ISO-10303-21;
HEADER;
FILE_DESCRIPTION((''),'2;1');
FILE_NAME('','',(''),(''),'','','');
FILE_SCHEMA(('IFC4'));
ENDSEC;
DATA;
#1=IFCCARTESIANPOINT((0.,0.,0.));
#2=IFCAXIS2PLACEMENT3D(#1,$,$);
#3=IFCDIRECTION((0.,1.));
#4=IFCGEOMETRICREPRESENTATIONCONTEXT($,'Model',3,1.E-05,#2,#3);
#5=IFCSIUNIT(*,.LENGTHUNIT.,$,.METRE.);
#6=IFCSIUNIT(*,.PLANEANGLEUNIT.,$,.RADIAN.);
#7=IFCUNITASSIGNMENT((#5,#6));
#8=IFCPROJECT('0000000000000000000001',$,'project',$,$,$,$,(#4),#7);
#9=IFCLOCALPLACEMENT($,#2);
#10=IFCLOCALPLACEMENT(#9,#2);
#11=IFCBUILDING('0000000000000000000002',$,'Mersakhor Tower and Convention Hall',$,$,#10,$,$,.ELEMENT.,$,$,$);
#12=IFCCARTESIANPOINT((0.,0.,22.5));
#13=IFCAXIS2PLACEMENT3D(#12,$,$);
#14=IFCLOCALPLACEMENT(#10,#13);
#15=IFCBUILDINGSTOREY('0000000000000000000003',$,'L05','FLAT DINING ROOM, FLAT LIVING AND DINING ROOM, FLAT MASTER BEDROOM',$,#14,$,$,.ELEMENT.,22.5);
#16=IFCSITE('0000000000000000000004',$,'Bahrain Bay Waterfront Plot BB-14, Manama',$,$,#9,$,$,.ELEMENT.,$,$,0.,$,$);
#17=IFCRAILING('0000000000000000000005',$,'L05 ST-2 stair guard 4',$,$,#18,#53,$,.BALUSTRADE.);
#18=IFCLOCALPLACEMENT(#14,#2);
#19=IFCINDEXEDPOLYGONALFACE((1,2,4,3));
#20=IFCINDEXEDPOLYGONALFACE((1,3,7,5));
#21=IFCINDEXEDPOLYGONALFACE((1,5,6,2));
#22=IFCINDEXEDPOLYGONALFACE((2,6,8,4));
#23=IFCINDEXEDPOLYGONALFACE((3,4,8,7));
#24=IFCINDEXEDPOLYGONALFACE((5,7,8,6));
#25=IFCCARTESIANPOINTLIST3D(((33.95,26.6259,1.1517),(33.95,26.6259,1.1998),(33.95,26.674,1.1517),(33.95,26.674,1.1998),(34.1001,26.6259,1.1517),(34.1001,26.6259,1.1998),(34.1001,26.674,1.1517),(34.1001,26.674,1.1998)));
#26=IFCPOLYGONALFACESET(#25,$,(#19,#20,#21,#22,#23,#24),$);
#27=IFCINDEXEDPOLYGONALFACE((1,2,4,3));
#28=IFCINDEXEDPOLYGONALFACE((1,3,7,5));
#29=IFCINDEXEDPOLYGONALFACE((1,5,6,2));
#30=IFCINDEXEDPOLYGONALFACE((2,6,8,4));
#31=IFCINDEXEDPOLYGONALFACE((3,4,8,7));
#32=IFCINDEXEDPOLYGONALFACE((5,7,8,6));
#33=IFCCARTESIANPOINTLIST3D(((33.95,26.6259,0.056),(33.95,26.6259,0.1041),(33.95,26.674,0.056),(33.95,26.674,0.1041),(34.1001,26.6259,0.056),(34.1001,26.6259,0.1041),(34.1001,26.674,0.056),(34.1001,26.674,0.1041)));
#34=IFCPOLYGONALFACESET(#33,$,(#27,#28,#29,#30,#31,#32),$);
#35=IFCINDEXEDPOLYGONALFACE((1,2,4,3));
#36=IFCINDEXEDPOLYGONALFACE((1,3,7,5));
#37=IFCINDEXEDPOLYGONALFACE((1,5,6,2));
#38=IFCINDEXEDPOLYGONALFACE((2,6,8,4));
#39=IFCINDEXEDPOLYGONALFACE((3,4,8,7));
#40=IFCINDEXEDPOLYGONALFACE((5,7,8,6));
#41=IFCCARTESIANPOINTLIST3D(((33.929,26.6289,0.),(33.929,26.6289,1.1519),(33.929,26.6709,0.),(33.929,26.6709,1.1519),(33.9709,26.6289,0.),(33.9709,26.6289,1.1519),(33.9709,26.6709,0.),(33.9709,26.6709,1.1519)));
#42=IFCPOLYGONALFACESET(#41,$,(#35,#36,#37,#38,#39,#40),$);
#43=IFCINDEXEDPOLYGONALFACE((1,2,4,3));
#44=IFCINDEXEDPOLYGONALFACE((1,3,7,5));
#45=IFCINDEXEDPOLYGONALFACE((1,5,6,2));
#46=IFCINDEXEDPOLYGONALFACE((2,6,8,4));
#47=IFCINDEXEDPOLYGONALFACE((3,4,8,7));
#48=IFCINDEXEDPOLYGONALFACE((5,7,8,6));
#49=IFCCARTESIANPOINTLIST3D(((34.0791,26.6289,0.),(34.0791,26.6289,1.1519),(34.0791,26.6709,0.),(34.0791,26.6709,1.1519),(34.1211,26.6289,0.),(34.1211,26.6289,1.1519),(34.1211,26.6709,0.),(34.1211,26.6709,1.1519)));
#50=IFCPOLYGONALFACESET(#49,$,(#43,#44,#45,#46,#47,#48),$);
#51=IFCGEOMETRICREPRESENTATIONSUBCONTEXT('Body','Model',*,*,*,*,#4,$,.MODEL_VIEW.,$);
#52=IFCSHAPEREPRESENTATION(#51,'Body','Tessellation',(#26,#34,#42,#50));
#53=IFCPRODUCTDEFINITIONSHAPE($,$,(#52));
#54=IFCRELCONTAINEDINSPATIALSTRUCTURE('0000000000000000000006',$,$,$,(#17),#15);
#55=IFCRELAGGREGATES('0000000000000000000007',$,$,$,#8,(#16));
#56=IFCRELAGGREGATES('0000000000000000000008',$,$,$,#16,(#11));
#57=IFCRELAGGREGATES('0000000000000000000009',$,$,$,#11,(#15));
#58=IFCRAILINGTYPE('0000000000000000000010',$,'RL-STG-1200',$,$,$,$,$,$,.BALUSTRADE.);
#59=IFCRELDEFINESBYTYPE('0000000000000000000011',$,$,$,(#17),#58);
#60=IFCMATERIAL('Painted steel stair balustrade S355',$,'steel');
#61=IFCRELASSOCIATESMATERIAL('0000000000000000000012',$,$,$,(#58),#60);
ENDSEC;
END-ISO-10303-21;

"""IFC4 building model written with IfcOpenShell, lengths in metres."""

from ifc_helpers import new_model, si_unit, direction, frame, origin, origin_2d, place, context, subcontext, project, spatial, rectangle, extrude, material, type_object, element, save


model = new_model("IFC4")

# Units and contexts
model_context = context("Model", 3, precision=1e-05, world=origin(), true_north=direction((0.0, 1.0)))
body_context = subcontext(model_context, "Body", "Model", "MODEL_VIEW")
ifc_project = project(units=[si_unit("LENGTHUNIT", "METRE"), si_unit("PLANEANGLEUNIT", "RADIAN")], contexts=[model_context])

# Site, building, storey
site_placement = place(None, origin())
site = spatial("IfcSite", under=ifc_project, at=site_placement, Name="Bahrain Bay Waterfront Plot BB-14, Manama", CompositionType="ELEMENT", RefElevation=0.0)
building_placement = place(site_placement, origin())
building = spatial("IfcBuilding", under=site, at=building_placement, Name="Mersakhor Tower and Convention Hall", CompositionType="ELEMENT")
storey_placement = place(building_placement, frame((0.0, 0.0, 22.5)))
storey = spatial("IfcBuildingStorey", under=building, at=storey_placement, Name="L05", Description="FLAT DINING ROOM, FLAT LIVING AND DINING ROOM, FLAT MASTER BEDROOM", CompositionType="ELEMENT", Elevation=22.5)

# Railing
ifc_material_1 = material(Name="Painted steel stair balustrade S355", Category="steel")
railing_type_1 = type_object("IfcRailingType", Name="RL-STG-1200", PredefinedType="BALUSTRADE", material=ifc_material_1)
railing_1_placement = place(storey_placement, frame((33.95, 26.6499, 0.0)))
element("IfcRailing", 1, at=railing_1_placement, inside=storey, type_object=railing_type_1, Name="L05 ST-2 stair guard 4", PredefinedType="BALUSTRADE", context=body_context, shape_type="SweptSolid", body=[
    extrude(rectangle(XDim=0.0481, YDim=0.0481, at=origin_2d()), frame((0.0, 0.0, 1.1758), z_axis=(1.0, 0.0, 0.0), x_axis=(0.0, 1.0, 0.0)), (0.0, 0.0, 1.0), 0.1501),
    extrude(rectangle(XDim=0.0481, YDim=0.0481, at=origin_2d()), frame((0.0, 0.0, 0.0801), z_axis=(1.0, 0.0, 0.0), x_axis=(0.0, 1.0, 0.0)), (0.0, 0.0, 1.0), 0.1501),
    extrude(rectangle(XDim=0.042, YDim=0.042, at=origin_2d()), origin(), (0.0, 0.0, 1.0), 1.1519),
    extrude(rectangle(XDim=0.042, YDim=0.042, at=origin_2d()), frame((0.1501, 0.0, 0.0)), (0.0, 0.0, 1.0), 1.1519),
])

save(model, "model.ifc")
